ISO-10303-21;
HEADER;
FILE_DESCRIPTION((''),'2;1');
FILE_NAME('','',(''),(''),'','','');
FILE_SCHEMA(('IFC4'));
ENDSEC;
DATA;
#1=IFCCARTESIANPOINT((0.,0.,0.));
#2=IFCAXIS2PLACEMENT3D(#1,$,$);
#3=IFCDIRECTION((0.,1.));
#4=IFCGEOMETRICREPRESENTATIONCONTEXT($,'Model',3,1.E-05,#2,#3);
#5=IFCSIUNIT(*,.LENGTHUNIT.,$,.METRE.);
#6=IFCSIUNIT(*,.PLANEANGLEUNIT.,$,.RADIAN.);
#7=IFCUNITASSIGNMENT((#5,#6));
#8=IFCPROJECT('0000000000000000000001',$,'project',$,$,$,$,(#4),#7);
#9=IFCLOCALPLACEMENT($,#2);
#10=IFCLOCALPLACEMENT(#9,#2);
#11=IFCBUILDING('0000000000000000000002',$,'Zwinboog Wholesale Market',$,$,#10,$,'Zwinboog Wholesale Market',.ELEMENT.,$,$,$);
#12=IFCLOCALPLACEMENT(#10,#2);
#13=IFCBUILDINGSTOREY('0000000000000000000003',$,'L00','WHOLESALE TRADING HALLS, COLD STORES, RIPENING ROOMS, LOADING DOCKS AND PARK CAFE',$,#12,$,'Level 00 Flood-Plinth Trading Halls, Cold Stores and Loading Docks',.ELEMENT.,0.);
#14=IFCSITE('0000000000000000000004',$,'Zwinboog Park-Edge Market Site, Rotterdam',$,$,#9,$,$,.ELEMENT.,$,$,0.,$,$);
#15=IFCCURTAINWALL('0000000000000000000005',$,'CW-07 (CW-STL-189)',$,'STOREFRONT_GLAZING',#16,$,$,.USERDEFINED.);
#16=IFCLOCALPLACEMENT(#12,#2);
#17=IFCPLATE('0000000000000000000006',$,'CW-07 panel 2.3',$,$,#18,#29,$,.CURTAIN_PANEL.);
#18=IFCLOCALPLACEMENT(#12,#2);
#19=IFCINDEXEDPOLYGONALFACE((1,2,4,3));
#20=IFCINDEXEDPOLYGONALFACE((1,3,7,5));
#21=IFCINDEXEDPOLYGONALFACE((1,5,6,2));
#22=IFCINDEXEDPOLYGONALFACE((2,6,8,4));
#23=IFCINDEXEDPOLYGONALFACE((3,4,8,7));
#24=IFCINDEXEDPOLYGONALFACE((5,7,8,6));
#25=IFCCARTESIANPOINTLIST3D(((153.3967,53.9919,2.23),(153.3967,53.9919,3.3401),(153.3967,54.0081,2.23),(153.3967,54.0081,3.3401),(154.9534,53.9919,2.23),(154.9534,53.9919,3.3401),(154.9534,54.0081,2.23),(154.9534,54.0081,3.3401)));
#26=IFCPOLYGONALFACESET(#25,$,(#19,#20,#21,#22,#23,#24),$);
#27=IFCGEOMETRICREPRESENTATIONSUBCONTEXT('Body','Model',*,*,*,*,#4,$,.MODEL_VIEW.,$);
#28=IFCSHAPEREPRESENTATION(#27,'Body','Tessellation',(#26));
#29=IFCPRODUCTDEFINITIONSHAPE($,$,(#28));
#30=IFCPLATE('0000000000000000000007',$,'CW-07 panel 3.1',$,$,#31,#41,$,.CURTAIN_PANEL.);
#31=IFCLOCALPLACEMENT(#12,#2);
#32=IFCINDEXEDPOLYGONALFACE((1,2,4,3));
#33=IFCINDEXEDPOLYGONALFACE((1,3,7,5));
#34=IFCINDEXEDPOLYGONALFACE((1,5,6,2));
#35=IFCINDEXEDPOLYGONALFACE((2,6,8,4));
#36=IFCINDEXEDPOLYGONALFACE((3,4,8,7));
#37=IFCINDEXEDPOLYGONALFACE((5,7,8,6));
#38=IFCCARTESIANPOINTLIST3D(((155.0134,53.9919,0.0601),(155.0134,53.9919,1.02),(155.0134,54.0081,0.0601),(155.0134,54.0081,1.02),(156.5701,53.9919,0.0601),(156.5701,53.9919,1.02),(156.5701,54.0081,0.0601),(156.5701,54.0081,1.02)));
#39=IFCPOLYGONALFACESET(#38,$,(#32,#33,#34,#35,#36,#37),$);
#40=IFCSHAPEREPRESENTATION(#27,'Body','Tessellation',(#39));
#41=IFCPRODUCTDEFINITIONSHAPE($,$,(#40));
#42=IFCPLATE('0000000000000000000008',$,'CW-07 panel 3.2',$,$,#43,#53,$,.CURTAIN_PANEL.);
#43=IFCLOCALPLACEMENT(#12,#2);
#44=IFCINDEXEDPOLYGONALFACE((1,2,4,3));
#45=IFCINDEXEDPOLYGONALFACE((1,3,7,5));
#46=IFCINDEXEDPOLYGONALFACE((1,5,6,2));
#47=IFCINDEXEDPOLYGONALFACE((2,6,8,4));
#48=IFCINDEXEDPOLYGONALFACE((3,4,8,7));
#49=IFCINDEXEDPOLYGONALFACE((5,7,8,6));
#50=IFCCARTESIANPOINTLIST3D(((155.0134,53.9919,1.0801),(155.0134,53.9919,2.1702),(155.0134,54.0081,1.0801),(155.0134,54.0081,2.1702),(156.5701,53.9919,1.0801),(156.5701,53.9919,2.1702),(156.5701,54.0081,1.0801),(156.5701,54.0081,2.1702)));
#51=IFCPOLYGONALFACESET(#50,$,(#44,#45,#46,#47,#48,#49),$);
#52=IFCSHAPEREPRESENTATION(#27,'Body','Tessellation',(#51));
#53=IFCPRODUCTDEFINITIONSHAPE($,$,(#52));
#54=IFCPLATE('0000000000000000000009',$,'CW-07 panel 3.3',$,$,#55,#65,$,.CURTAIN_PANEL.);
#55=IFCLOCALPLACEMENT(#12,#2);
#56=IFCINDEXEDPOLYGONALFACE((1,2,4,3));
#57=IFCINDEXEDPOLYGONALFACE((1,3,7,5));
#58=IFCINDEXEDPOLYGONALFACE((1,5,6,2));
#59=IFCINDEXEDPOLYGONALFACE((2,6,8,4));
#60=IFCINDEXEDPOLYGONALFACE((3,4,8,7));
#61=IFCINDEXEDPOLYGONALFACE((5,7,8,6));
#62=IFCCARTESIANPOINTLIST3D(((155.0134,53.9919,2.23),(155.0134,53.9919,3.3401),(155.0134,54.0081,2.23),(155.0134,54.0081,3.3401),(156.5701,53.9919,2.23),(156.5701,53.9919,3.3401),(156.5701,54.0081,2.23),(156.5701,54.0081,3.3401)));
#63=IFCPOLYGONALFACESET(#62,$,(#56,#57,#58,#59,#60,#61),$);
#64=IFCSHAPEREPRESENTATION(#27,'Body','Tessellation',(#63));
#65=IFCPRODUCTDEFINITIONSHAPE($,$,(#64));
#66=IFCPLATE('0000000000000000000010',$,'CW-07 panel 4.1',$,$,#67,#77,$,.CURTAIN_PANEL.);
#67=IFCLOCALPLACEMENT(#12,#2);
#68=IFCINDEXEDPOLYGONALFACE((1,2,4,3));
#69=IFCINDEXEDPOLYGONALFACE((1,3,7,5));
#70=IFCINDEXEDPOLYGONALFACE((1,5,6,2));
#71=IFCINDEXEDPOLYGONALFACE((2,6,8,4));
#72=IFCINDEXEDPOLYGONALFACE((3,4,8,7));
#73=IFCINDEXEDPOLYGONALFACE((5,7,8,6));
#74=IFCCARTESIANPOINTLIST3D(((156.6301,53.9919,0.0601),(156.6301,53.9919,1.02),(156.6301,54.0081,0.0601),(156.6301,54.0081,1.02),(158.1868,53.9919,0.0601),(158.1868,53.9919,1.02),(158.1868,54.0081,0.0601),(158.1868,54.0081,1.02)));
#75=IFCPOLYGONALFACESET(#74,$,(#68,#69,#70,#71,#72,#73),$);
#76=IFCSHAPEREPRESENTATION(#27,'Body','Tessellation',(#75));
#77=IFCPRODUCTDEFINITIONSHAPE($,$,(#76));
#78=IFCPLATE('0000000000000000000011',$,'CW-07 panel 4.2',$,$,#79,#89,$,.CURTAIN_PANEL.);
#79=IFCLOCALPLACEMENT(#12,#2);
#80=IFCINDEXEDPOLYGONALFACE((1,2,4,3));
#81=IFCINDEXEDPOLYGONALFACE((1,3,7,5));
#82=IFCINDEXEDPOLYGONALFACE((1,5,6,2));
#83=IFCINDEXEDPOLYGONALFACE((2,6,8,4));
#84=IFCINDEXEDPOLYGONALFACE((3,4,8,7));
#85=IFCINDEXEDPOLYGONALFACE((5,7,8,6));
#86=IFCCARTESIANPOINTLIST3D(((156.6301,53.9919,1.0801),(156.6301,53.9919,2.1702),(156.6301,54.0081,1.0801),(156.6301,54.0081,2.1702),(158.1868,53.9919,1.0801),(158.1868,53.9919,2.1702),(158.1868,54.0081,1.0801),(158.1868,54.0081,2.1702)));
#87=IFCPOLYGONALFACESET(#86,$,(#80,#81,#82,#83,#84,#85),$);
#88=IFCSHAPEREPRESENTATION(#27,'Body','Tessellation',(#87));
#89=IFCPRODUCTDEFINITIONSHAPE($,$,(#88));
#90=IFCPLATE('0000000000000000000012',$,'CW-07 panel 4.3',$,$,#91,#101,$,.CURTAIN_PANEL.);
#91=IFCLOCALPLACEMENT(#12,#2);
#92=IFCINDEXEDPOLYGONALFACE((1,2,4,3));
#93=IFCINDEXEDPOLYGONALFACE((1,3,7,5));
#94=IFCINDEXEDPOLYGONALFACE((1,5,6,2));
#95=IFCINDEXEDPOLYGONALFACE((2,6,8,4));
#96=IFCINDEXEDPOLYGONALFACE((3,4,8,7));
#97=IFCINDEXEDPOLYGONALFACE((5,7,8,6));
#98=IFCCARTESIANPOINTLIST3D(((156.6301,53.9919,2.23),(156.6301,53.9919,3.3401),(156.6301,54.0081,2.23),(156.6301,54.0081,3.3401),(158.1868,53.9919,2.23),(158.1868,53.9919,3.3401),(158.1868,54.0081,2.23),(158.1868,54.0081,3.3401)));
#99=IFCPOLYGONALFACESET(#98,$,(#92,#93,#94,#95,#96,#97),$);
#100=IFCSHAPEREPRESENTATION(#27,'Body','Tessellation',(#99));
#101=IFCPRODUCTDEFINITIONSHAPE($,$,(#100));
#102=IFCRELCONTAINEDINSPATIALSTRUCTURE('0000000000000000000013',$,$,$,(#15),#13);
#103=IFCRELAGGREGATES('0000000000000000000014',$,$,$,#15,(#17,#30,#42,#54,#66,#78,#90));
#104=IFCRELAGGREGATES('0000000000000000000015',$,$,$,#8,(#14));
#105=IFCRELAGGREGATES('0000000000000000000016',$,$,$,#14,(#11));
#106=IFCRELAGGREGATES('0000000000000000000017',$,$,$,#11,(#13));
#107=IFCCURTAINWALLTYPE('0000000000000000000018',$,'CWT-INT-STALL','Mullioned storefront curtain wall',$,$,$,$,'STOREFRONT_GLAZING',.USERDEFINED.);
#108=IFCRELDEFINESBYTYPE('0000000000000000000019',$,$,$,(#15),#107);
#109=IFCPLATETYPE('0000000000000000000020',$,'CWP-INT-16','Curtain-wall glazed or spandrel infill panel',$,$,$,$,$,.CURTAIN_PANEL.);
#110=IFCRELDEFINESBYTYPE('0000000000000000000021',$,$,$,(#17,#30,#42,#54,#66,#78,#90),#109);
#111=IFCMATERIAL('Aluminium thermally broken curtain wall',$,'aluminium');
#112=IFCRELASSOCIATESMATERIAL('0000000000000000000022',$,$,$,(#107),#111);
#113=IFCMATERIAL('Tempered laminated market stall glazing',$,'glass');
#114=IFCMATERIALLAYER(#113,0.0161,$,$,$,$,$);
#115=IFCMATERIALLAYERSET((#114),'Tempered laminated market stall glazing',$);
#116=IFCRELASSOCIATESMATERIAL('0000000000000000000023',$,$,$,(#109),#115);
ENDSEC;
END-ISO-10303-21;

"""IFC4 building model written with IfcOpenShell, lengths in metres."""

from ifc_helpers import new_model, si_unit, direction, frame, origin, origin_2d, place, context, subcontext, project, spatial, rectangle, extrude, material, layer, layer_set, type_object, element, aggregate, save


model = new_model("IFC4")

# Units and contexts
model_context = context("Model", 3, precision=1e-05, world=origin(), true_north=direction((0.0, 1.0)))
body_context = subcontext(model_context, "Body", "Model", "MODEL_VIEW")
ifc_project = project(units=[si_unit("LENGTHUNIT", "METRE"), si_unit("PLANEANGLEUNIT", "RADIAN")], contexts=[model_context])

# Site, building, storey
site_placement = place(None, origin())
site = spatial("IfcSite", under=ifc_project, at=site_placement, Name="Zwinboog Park-Edge Market Site, Rotterdam", CompositionType="ELEMENT", RefElevation=0.0)
building_placement = place(site_placement, origin())
building = spatial("IfcBuilding", under=site, at=building_placement, Name="Zwinboog Wholesale Market", LongName="Zwinboog Wholesale Market", CompositionType="ELEMENT")
storey_placement = place(building_placement, origin())
storey = spatial("IfcBuildingStorey", under=building, at=storey_placement, Name="L00", Description="WHOLESALE TRADING HALLS, COLD STORES, RIPENING ROOMS, LOADING DOCKS AND PARK CAFE", LongName="Level 00 Flood-Plinth Trading Halls, Cold Stores and Loading Docks", CompositionType="ELEMENT", Elevation=0.0)

# Curtain wall, plates
ifc_material_1 = material(Name="Aluminium thermally broken curtain wall", Category="aluminium")
curtain_wall_type = type_object("IfcCurtainWallType", Name="CWT-INT-STALL", Description="Mullioned storefront curtain wall", ElementType="STOREFRONT_GLAZING", PredefinedType="USERDEFINED", material=ifc_material_1)
curtain_wall_placement = place(storey_placement, origin())
curtain_wall = element("IfcCurtainWall", 1, at=curtain_wall_placement, inside=storey, type_object=curtain_wall_type, Name="CW-07 (CW-STL-189)", ObjectType="STOREFRONT_GLAZING", PredefinedType="USERDEFINED")
ifc_material_2 = material(Name="Tempered laminated market stall glazing", Category="glass")
ifc_layer = layer(ifc_material_2, 0.0161)
ifc_layer_set = layer_set([ifc_layer], Name="Tempered laminated market stall glazing")
plate_type = type_object("IfcPlateType", Name="CWP-INT-16", Description="Curtain-wall glazed or spandrel infill panel", PredefinedType="CURTAIN_PANEL", material=ifc_layer_set)
plate_1_placement = place(storey_placement, frame((154.175, 54.0, 2.23), z_axis=(0.0, 0.0, 1.0), x_axis=(1.0, 0.0, 0.0)))
plate_1 = element("IfcPlate", 2, at=plate_1_placement, type_object=plate_type, Name="CW-07 panel 2.3", PredefinedType="CURTAIN_PANEL", context=body_context, shape_type="SweptSolid", body=[
    extrude(rectangle(XDim=1.5566, YDim=0.0161, at=origin_2d()), origin(), (0.0, 0.0, 1.0), 1.1101),
])
plate_2_placement = place(storey_placement, frame((155.7917, 54.0, 0.0601), z_axis=(0.0, 0.0, 1.0), x_axis=(1.0, 0.0, 0.0)))
plate_2 = element("IfcPlate", 3, at=plate_2_placement, type_object=plate_type, Name="CW-07 panel 3.1", PredefinedType="CURTAIN_PANEL", context=body_context, shape_type="SweptSolid", body=[
    extrude(rectangle(XDim=1.5566, YDim=0.0161, at=origin_2d()), origin(), (0.0, 0.0, 1.0), 0.96),
])
plate_3_placement = place(storey_placement, frame((155.7917, 54.0, 1.0801), z_axis=(0.0, 0.0, 1.0), x_axis=(1.0, 0.0, 0.0)))
plate_3 = element("IfcPlate", 4, at=plate_3_placement, type_object=plate_type, Name="CW-07 panel 3.2", PredefinedType="CURTAIN_PANEL", context=body_context, shape_type="SweptSolid", body=[
    extrude(rectangle(XDim=1.5566, YDim=0.0161, at=origin_2d()), origin(), (0.0, 0.0, 1.0), 1.0901),
])
plate_4_placement = place(storey_placement, frame((155.7917, 54.0, 2.23), z_axis=(0.0, 0.0, 1.0), x_axis=(1.0, 0.0, 0.0)))
plate_4 = element("IfcPlate", 5, at=plate_4_placement, type_object=plate_type, Name="CW-07 panel 3.3", PredefinedType="CURTAIN_PANEL", context=body_context, shape_type="SweptSolid", body=[
    extrude(rectangle(XDim=1.5566, YDim=0.0161, at=origin_2d()), origin(), (0.0, 0.0, 1.0), 1.1101),
])
plate_5_placement = place(storey_placement, frame((157.4084, 54.0, 0.0601), z_axis=(0.0, 0.0, 1.0), x_axis=(1.0, 0.0, 0.0)))
plate_5 = element("IfcPlate", 6, at=plate_5_placement, type_object=plate_type, Name="CW-07 panel 4.1", PredefinedType="CURTAIN_PANEL", context=body_context, shape_type="SweptSolid", body=[
    extrude(rectangle(XDim=1.5566, YDim=0.0161, at=origin_2d()), origin(), (0.0, 0.0, 1.0), 0.96),
])
plate_6_placement = place(storey_placement, frame((157.4084, 54.0, 1.0801), z_axis=(0.0, 0.0, 1.0), x_axis=(1.0, 0.0, 0.0)))
plate_6 = element("IfcPlate", 7, at=plate_6_placement, type_object=plate_type, Name="CW-07 panel 4.2", PredefinedType="CURTAIN_PANEL", context=body_context, shape_type="SweptSolid", body=[
    extrude(rectangle(XDim=1.5566, YDim=0.0161, at=origin_2d()), origin(), (0.0, 0.0, 1.0), 1.0901),
])
plate_7_placement = place(storey_placement, frame((157.4084, 54.0, 2.23), z_axis=(0.0, 0.0, 1.0), x_axis=(1.0, 0.0, 0.0)))
plate_7 = element("IfcPlate", 8, at=plate_7_placement, type_object=plate_type, Name="CW-07 panel 4.3", PredefinedType="CURTAIN_PANEL", context=body_context, shape_type="SweptSolid", body=[
    extrude(rectangle(XDim=1.5566, YDim=0.0161, at=origin_2d()), origin(), (0.0, 0.0, 1.0), 1.1101),
])
aggregate(curtain_wall, [plate_1, plate_2, plate_3, plate_4, plate_5, plate_6, plate_7])

save(model, "model.ifc")
